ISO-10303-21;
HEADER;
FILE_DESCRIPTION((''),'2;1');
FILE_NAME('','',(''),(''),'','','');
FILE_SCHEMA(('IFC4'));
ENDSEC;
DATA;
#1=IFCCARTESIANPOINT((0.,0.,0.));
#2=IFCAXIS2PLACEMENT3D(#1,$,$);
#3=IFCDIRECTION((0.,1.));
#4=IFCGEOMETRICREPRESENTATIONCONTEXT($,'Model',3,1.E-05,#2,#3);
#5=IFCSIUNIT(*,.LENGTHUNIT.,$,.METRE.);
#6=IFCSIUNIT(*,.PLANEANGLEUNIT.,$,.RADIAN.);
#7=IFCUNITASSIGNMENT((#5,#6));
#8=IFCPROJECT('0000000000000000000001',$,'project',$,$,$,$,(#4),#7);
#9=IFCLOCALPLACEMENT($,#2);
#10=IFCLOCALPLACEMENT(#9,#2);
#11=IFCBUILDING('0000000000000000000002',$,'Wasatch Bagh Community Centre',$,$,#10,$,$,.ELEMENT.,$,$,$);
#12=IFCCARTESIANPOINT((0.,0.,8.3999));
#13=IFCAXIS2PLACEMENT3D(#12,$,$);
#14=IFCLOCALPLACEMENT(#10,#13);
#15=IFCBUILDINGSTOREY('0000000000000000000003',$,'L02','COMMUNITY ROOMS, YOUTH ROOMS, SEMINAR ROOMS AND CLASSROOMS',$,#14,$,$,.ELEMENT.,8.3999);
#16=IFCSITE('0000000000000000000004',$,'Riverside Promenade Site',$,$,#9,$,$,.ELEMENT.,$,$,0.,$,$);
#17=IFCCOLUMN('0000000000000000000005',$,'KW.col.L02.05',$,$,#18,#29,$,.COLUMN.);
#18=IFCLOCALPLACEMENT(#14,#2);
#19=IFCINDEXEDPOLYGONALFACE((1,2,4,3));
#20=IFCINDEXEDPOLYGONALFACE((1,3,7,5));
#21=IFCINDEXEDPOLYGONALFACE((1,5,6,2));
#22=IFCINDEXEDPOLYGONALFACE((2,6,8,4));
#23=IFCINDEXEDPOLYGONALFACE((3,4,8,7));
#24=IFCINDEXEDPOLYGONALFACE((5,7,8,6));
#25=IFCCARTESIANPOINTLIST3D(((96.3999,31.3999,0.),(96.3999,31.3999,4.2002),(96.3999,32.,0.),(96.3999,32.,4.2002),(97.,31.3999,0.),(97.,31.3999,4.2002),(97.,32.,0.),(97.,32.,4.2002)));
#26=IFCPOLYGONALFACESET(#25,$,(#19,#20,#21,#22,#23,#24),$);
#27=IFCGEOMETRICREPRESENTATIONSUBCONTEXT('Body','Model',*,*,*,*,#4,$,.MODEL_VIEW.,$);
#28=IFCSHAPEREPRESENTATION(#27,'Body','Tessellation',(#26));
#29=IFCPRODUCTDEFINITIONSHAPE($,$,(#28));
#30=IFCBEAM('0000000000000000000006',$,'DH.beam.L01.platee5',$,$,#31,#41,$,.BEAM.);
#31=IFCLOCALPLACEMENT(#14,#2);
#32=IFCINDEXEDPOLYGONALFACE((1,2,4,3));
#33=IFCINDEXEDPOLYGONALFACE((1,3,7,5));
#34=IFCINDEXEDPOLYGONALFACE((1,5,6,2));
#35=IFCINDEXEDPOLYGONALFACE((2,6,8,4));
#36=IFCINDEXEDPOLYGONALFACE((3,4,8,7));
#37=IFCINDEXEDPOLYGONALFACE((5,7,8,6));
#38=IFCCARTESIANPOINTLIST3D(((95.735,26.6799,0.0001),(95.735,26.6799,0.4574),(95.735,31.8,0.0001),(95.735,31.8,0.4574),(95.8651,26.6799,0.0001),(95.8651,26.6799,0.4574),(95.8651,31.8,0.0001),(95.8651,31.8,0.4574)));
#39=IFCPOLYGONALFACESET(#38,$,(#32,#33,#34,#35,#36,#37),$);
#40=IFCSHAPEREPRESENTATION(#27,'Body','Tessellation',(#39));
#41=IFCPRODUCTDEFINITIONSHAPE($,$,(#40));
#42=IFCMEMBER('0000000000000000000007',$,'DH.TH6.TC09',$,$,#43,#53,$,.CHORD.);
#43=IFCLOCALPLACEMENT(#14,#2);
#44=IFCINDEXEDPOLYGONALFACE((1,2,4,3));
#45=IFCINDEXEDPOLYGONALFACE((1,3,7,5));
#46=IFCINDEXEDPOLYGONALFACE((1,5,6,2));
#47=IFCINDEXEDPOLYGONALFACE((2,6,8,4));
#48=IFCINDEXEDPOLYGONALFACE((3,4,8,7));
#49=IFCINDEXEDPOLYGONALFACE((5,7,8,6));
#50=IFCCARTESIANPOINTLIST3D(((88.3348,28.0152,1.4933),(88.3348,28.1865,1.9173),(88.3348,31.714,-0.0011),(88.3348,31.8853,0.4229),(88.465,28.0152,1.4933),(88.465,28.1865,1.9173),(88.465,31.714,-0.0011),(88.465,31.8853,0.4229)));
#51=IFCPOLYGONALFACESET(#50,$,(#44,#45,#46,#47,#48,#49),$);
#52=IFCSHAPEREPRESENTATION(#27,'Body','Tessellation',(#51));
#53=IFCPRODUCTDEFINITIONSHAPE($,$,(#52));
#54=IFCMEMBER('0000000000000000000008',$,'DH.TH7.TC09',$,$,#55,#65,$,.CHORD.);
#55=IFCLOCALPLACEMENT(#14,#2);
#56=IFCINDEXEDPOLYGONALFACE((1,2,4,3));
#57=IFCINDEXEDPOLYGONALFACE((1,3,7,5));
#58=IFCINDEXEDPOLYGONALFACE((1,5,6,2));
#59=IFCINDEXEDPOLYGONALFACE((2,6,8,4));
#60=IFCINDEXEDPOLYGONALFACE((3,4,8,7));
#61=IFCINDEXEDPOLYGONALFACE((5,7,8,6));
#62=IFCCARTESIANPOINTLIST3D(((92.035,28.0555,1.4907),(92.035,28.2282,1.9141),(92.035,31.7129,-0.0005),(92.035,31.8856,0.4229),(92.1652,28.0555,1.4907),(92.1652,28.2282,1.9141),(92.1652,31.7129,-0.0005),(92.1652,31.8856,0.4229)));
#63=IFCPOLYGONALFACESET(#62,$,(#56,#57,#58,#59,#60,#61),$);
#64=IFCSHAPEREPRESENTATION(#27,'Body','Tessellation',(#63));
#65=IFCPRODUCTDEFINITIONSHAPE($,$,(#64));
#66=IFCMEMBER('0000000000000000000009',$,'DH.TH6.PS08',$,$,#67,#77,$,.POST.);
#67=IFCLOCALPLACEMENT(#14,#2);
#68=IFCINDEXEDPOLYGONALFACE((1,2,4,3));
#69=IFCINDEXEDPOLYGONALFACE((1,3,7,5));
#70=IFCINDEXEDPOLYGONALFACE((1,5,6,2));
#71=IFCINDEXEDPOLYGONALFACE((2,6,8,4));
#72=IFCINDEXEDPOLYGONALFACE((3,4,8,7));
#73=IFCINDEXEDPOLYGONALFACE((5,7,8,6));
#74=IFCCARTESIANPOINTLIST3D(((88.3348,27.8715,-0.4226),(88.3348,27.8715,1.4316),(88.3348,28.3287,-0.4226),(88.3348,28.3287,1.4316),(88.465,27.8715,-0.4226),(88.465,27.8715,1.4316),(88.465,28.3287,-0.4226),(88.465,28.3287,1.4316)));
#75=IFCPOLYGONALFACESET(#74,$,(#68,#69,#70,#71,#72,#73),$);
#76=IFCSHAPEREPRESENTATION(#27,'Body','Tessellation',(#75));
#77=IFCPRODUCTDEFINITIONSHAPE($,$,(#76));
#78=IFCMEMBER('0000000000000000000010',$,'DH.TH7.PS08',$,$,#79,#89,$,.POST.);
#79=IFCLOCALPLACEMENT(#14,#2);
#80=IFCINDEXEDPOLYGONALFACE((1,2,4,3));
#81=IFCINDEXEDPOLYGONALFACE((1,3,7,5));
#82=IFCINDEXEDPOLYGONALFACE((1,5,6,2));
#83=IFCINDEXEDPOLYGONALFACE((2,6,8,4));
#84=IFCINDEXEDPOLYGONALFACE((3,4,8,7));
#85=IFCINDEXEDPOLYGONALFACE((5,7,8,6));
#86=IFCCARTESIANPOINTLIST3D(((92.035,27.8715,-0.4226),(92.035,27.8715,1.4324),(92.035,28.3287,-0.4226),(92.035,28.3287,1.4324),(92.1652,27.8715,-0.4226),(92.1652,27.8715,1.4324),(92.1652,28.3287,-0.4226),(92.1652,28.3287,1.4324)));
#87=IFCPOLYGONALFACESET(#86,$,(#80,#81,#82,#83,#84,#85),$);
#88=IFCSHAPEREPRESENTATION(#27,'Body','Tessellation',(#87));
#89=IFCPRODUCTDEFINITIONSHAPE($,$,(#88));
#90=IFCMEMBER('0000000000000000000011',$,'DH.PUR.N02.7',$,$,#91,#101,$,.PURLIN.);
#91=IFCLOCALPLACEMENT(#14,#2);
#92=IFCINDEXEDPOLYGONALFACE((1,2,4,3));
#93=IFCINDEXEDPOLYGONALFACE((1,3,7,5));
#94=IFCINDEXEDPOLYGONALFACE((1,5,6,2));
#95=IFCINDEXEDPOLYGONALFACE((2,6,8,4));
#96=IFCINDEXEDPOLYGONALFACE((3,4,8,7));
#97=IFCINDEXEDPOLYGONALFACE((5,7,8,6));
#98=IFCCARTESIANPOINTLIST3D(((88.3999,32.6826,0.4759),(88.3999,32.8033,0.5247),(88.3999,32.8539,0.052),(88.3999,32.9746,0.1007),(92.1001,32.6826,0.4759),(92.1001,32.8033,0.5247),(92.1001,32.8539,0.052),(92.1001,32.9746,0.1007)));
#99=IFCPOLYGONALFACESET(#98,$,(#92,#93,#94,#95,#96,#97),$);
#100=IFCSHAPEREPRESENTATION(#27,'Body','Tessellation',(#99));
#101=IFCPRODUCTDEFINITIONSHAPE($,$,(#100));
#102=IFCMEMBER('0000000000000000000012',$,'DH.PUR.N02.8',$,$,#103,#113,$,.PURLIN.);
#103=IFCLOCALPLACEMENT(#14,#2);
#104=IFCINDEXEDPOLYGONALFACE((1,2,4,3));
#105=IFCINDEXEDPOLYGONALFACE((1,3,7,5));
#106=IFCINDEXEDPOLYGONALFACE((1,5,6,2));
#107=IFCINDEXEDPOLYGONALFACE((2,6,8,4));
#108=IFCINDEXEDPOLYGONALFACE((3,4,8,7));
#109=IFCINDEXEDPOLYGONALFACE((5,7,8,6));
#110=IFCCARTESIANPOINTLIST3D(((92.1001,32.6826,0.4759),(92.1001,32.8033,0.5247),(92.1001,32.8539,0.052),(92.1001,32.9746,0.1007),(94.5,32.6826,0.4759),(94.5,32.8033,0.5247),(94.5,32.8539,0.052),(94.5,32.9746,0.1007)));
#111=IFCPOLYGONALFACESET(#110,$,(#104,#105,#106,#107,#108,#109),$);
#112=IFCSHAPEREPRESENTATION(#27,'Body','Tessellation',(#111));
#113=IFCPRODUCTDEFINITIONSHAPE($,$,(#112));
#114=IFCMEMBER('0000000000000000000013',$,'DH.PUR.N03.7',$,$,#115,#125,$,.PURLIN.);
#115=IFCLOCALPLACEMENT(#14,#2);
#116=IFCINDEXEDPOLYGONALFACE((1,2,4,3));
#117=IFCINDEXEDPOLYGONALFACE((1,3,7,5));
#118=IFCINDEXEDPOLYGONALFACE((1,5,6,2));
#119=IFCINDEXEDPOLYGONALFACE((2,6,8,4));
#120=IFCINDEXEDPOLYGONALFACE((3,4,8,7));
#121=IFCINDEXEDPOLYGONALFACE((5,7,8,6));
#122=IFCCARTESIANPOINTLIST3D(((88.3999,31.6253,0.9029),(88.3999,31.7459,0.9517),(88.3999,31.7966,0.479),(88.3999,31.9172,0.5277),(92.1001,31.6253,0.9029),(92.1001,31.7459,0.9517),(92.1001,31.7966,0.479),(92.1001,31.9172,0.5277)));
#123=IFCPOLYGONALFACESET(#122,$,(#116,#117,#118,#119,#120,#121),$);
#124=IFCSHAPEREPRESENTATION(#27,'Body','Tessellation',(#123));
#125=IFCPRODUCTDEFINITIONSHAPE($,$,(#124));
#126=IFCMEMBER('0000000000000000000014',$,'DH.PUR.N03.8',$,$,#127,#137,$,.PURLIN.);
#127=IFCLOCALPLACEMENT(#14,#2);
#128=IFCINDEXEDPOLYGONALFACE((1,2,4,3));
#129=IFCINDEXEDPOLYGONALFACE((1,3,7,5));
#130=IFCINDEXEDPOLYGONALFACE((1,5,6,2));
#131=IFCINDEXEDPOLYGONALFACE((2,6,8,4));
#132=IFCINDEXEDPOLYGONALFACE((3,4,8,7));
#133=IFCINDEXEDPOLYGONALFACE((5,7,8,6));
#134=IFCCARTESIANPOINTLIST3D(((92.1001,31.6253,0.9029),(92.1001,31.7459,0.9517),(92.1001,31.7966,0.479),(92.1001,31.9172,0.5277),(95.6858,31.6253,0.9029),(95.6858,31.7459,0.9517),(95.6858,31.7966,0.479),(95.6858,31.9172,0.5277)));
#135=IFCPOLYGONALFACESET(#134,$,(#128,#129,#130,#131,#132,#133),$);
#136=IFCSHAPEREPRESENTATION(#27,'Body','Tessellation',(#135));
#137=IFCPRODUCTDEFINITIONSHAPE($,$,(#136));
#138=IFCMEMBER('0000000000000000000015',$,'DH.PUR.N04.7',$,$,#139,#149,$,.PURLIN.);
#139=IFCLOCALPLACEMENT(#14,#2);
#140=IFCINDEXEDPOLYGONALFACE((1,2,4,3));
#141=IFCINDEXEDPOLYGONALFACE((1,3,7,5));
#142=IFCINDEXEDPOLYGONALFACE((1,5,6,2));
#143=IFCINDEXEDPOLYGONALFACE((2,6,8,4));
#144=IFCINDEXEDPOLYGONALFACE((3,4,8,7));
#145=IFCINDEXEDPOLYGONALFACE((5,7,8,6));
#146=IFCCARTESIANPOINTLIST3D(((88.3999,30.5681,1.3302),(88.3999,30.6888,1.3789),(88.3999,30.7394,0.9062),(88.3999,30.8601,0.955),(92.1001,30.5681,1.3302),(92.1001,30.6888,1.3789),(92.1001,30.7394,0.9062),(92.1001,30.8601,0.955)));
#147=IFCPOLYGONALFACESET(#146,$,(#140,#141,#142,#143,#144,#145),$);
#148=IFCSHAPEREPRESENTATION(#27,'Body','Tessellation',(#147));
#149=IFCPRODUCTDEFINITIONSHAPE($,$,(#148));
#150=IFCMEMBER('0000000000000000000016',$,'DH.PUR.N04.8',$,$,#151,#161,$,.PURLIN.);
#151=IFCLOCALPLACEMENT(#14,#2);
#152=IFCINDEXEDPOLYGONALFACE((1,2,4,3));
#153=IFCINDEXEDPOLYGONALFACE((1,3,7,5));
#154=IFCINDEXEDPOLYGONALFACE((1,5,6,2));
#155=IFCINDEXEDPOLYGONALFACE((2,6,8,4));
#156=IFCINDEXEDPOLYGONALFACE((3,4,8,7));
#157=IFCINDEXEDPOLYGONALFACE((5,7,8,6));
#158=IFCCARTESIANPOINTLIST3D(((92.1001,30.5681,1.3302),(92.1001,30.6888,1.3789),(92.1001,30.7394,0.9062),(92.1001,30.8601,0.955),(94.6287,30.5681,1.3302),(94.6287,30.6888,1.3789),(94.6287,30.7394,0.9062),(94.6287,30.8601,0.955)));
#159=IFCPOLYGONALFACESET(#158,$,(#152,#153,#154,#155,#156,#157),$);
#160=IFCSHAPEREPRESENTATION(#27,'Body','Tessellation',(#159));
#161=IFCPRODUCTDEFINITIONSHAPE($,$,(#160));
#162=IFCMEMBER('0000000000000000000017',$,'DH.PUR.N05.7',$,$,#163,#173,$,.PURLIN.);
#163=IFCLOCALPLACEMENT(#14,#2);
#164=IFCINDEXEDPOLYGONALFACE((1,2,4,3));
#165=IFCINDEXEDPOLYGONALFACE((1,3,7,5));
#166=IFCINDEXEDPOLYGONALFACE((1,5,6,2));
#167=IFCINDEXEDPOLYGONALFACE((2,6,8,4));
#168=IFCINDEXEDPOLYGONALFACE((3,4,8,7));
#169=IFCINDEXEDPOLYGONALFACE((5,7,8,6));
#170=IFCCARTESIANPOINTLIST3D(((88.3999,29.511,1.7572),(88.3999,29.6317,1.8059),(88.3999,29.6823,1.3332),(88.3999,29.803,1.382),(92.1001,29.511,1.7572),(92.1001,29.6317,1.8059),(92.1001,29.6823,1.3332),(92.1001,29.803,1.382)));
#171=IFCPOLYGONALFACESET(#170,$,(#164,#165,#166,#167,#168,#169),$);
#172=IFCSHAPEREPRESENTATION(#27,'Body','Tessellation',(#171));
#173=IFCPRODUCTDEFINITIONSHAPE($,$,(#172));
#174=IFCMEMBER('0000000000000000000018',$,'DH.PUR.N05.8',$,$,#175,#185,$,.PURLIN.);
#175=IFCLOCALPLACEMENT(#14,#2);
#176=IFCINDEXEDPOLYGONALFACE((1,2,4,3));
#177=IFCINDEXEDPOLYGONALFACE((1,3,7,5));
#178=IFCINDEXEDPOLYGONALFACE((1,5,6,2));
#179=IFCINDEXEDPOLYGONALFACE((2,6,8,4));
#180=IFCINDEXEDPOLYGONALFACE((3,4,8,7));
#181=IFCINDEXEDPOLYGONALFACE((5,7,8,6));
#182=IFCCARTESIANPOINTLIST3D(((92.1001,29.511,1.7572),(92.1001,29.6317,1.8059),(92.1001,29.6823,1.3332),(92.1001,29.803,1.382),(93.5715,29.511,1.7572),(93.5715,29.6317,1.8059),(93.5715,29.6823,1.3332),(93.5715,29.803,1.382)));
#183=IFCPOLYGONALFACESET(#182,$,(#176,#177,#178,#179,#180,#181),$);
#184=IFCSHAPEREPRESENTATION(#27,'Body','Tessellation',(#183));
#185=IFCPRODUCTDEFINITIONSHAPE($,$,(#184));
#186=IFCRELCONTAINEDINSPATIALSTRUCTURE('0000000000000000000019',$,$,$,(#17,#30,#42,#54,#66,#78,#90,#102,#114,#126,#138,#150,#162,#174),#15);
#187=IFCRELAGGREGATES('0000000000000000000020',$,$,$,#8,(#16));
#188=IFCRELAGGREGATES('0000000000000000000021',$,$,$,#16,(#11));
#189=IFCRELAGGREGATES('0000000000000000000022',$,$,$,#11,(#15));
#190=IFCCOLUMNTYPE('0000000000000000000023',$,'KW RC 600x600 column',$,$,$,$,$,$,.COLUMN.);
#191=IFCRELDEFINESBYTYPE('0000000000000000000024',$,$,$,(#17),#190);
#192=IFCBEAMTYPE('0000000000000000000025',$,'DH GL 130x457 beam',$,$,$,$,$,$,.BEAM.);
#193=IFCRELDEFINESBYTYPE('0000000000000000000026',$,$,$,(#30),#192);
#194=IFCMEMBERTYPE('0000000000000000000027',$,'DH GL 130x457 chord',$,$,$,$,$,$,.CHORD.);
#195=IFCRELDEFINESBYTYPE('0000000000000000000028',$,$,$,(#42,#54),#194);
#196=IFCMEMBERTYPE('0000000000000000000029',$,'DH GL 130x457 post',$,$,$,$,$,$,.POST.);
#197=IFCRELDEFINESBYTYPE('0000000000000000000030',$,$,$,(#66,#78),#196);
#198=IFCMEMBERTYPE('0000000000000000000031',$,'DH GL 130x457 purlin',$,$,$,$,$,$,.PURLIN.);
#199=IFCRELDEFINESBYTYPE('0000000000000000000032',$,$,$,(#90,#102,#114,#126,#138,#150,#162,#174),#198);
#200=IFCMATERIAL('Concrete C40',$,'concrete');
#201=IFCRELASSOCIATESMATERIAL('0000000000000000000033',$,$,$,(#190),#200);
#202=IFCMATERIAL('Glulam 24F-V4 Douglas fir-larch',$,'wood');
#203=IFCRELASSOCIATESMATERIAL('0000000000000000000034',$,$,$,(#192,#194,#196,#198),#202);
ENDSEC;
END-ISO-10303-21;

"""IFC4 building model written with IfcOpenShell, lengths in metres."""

from ifc_helpers import new_model, si_unit, direction, frame, origin, origin_2d, place, context, subcontext, project, spatial, rectangle, extrude, material, material_profile, profile_set, type_object, element, save


model = new_model("IFC4")

# Units and contexts
model_context = context("Model", 3, precision=1e-05, world=origin(), true_north=direction((0.0, 1.0)))
body_context = subcontext(model_context, "Body", "Model", "MODEL_VIEW")
ifc_project = project(units=[si_unit("LENGTHUNIT", "METRE"), si_unit("PLANEANGLEUNIT", "RADIAN")], contexts=[model_context])

# Site, building, storey
site_placement = place(None, origin())
site = spatial("IfcSite", under=ifc_project, at=site_placement, Name="Riverside Promenade Site", CompositionType="ELEMENT", RefElevation=0.0)
building_placement = place(site_placement, origin())
building = spatial("IfcBuilding", under=site, at=building_placement, Name="Wasatch Bagh Community Centre", CompositionType="ELEMENT")
storey_placement = place(building_placement, frame((0.0, 0.0, 8.3999)))
storey = spatial("IfcBuildingStorey", under=building, at=storey_placement, Name="L02", Description="COMMUNITY ROOMS, YOUTH ROOMS, SEMINAR ROOMS AND CLASSROOMS", CompositionType="ELEMENT", Elevation=8.3999)

# Column
ifc_material_1 = material(Name="Concrete C40", Category="concrete")
ifc_material_profile_1 = material_profile(ifc_material_1, rectangle(XDim=0.6001, YDim=0.6001, at=origin_2d()), Name="RC 600x600")
ifc_profile_set_1 = profile_set([ifc_material_profile_1], Name="Concrete C40")
column_type = type_object("IfcColumnType", Name="KW RC 600x600 column", PredefinedType="COLUMN", material=ifc_profile_set_1)
column_placement = place(storey_placement, frame((96.7, 31.7, 0.0), z_axis=(0.0, 0.0, 1.0), x_axis=(1.0, 0.0, 0.0)))
element("IfcColumn", 1, at=column_placement, inside=storey, type_object=column_type, Name="KW.col.L02.05", PredefinedType="COLUMN", context=body_context, shape_type="SweptSolid", body=[
    extrude(rectangle(XDim=0.6001, YDim=0.6001, at=origin_2d()), origin(), (0.0, 0.0, 1.0), 4.2002),
])

# Beam
ifc_material_2 = material(Name="Glulam 24F-V4 Douglas fir-larch", Category="wood")
ifc_material_profile_2 = material_profile(ifc_material_2, rectangle(XDim=0.1301, YDim=0.4573, at=origin_2d()), Name="GL 130x457")
ifc_profile_set_2 = profile_set([ifc_material_profile_2], Name="Glulam 24F-V4 Douglas fir-larch")
beam_type_1 = type_object("IfcBeamType", Name="DH GL 130x457 beam", PredefinedType="BEAM", material=ifc_profile_set_2)
beam_1_placement = place(storey_placement, frame((95.8, 26.6799, 0.2288), z_axis=(0.0, 1.0, 0.0), x_axis=(-1.0, 0.0, 0.0)))
element("IfcBeam", 2, at=beam_1_placement, inside=storey, type_object=beam_type_1, Name="DH.beam.L01.platee5", PredefinedType="BEAM", context=body_context, shape_type="SweptSolid", body=[
    extrude(rectangle(XDim=0.1301, YDim=0.4573, at=origin_2d()), origin(), (0.0, 0.0, 1.0), 5.1201),
])

# Members
ifc_material_profile_3 = material_profile(ifc_material_2, rectangle(XDim=0.1301, YDim=0.4573, at=origin_2d()), Name="GL 130x457")
ifc_profile_set_3 = profile_set([ifc_material_profile_3], Name="Glulam 24F-V4 Douglas fir-larch")
member_type_1 = type_object("IfcMemberType", Name="DH GL 130x457 chord", PredefinedType="CHORD", material=ifc_profile_set_3)
member_1_placement = place(storey_placement, frame((88.3999, 28.1008, 1.7053), z_axis=(0.0, 0.927184, -0.374607), x_axis=(-1.0, 0.0, 0.0)))
element("IfcMember", 3, at=member_1_placement, inside=storey, type_object=member_type_1, Name="DH.TH6.TC09", PredefinedType="CHORD", context=body_context, shape_type="SweptSolid", body=[
    extrude(rectangle(XDim=0.1301, YDim=0.4573, at=origin_2d()), origin(), (0.0, 0.0, 1.0), 3.9893),
])
member_2_placement = place(storey_placement, frame((92.1001, 28.1418, 1.7024), z_axis=(0.0, 0.925992, -0.377542), x_axis=(-1.0, 0.0, 0.0)))
element("IfcMember", 4, at=member_2_placement, inside=storey, type_object=member_type_1, Name="DH.TH7.TC09", PredefinedType="CHORD", context=body_context, shape_type="SweptSolid", body=[
    extrude(rectangle(XDim=0.1301, YDim=0.4573, at=origin_2d()), origin(), (0.0, 0.0, 1.0), 3.9497),
])
ifc_material_profile_4 = material_profile(ifc_material_2, rectangle(XDim=0.1301, YDim=0.4573, at=origin_2d()), Name="GL 130x457")
ifc_profile_set_4 = profile_set([ifc_material_profile_4], Name="Glulam 24F-V4 Douglas fir-larch")
member_type_2 = type_object("IfcMemberType", Name="DH GL 130x457 post", PredefinedType="POST", material=ifc_profile_set_4)
member_3_placement = place(storey_placement, frame((88.3999, 28.1001, -0.4226), z_axis=(0.0, 0.0, 1.0), x_axis=(1.0, 0.0, 0.0)))
element("IfcMember", 5, at=member_3_placement, inside=storey, type_object=member_type_2, Name="DH.TH6.PS08", PredefinedType="POST", context=body_context, shape_type="SweptSolid", body=[
    extrude(rectangle(XDim=0.1301, YDim=0.4573, at=origin_2d()), origin(), (0.0, 0.0, 1.0), 1.8542),
])
member_4_placement = place(storey_placement, frame((92.1001, 28.1001, -0.4226), z_axis=(0.0, 0.0, 1.0), x_axis=(1.0, 0.0, 0.0)))
element("IfcMember", 6, at=member_4_placement, inside=storey, type_object=member_type_2, Name="DH.TH7.PS08", PredefinedType="POST", context=body_context, shape_type="SweptSolid", body=[
    extrude(rectangle(XDim=0.1301, YDim=0.4573, at=origin_2d()), origin(), (0.0, 0.0, 1.0), 1.855),
])
ifc_material_profile_5 = material_profile(ifc_material_2, rectangle(XDim=0.1301, YDim=0.4573, at=origin_2d()), Name="GL 130x457")
ifc_profile_set_5 = profile_set([ifc_material_profile_5], Name="Glulam 24F-V4 Douglas fir-larch")
member_type_3 = type_object("IfcMemberType", Name="DH GL 130x457 purlin", PredefinedType="PURLIN", material=ifc_profile_set_5)
member_5_placement = place(storey_placement, frame((88.3999, 32.8286, 0.2883), z_axis=(1.0, 0.0, 0.0), x_axis=(0.0, 0.927184, 0.374607)))
element("IfcMember", 7, at=member_5_placement, inside=storey, type_object=member_type_3, Name="DH.PUR.N02.7", PredefinedType="PURLIN", context=body_context, shape_type="SweptSolid", body=[
    extrude(rectangle(XDim=0.1301, YDim=0.4573, at=origin_2d()), origin(), (0.0, 0.0, 1.0), 3.7002),
])
member_6_placement = place(storey_placement, frame((92.1001, 32.8286, 0.2883), z_axis=(1.0, 0.0, 0.0), x_axis=(0.0, 0.927184, 0.374607)))
element("IfcMember", 8, at=member_6_placement, inside=storey, type_object=member_type_3, Name="DH.PUR.N02.8", PredefinedType="PURLIN", context=body_context, shape_type="SweptSolid", body=[
    extrude(rectangle(XDim=0.1301, YDim=0.4573, at=origin_2d()), origin(), (0.0, 0.0, 1.0), 2.3999),
])
member_7_placement = place(storey_placement, frame((88.3999, 31.7712, 0.7153), z_axis=(1.0, 0.0, 0.0), x_axis=(0.0, 0.927184, 0.374607)))
element("IfcMember", 9, at=member_7_placement, inside=storey, type_object=member_type_3, Name="DH.PUR.N03.7", PredefinedType="PURLIN", context=body_context, shape_type="SweptSolid", body=[
    extrude(rectangle(XDim=0.1301, YDim=0.4573, at=origin_2d()), origin(), (0.0, 0.0, 1.0), 3.7002),
])
member_8_placement = place(storey_placement, frame((92.1001, 31.7712, 0.7153), z_axis=(1.0, 0.0, 0.0), x_axis=(0.0, 0.927184, 0.374607)))
element("IfcMember", 10, at=member_8_placement, inside=storey, type_object=member_type_3, Name="DH.PUR.N03.8", PredefinedType="PURLIN", context=body_context, shape_type="SweptSolid", body=[
    extrude(rectangle(XDim=0.1301, YDim=0.4573, at=origin_2d()), origin(), (0.0, 0.0, 1.0), 3.5857),
])
member_9_placement = place(storey_placement, frame((88.3999, 30.7141, 1.1426), z_axis=(1.0, 0.0, 0.0), x_axis=(0.0, 0.927184, 0.374607)))
element("IfcMember", 11, at=member_9_placement, inside=storey, type_object=member_type_3, Name="DH.PUR.N04.7", PredefinedType="PURLIN", context=body_context, shape_type="SweptSolid", body=[
    extrude(rectangle(XDim=0.1301, YDim=0.4573, at=origin_2d()), origin(), (0.0, 0.0, 1.0), 3.7002),
])
member_10_placement = place(storey_placement, frame((92.1001, 30.7141, 1.1426), z_axis=(1.0, 0.0, 0.0), x_axis=(0.0, 0.927184, 0.374607)))
element("IfcMember", 12, at=member_10_placement, inside=storey, type_object=member_type_3, Name="DH.PUR.N04.8", PredefinedType="PURLIN", context=body_context, shape_type="SweptSolid", body=[
    extrude(rectangle(XDim=0.1301, YDim=0.4573, at=origin_2d()), origin(), (0.0, 0.0, 1.0), 2.5286),
])
member_11_placement = place(storey_placement, frame((88.3999, 29.657, 1.5696), z_axis=(1.0, 0.0, 0.0), x_axis=(0.0, 0.927184, 0.374607)))
element("IfcMember", 13, at=member_11_placement, inside=storey, type_object=member_type_3, Name="DH.PUR.N05.7", PredefinedType="PURLIN", context=body_context, shape_type="SweptSolid", body=[
    extrude(rectangle(XDim=0.1301, YDim=0.4573, at=origin_2d()), origin(), (0.0, 0.0, 1.0), 3.7002),
])
member_12_placement = place(storey_placement, frame((92.1001, 29.657, 1.5696), z_axis=(1.0, 0.0, 0.0), x_axis=(0.0, 0.927184, 0.374607)))
element("IfcMember", 14, at=member_12_placement, inside=storey, type_object=member_type_3, Name="DH.PUR.N05.8", PredefinedType="PURLIN", context=body_context, shape_type="SweptSolid", body=[
    extrude(rectangle(XDim=0.1301, YDim=0.4573, at=origin_2d()), origin(), (0.0, 0.0, 1.0), 1.4714),
])

save(model, "model.ifc")
